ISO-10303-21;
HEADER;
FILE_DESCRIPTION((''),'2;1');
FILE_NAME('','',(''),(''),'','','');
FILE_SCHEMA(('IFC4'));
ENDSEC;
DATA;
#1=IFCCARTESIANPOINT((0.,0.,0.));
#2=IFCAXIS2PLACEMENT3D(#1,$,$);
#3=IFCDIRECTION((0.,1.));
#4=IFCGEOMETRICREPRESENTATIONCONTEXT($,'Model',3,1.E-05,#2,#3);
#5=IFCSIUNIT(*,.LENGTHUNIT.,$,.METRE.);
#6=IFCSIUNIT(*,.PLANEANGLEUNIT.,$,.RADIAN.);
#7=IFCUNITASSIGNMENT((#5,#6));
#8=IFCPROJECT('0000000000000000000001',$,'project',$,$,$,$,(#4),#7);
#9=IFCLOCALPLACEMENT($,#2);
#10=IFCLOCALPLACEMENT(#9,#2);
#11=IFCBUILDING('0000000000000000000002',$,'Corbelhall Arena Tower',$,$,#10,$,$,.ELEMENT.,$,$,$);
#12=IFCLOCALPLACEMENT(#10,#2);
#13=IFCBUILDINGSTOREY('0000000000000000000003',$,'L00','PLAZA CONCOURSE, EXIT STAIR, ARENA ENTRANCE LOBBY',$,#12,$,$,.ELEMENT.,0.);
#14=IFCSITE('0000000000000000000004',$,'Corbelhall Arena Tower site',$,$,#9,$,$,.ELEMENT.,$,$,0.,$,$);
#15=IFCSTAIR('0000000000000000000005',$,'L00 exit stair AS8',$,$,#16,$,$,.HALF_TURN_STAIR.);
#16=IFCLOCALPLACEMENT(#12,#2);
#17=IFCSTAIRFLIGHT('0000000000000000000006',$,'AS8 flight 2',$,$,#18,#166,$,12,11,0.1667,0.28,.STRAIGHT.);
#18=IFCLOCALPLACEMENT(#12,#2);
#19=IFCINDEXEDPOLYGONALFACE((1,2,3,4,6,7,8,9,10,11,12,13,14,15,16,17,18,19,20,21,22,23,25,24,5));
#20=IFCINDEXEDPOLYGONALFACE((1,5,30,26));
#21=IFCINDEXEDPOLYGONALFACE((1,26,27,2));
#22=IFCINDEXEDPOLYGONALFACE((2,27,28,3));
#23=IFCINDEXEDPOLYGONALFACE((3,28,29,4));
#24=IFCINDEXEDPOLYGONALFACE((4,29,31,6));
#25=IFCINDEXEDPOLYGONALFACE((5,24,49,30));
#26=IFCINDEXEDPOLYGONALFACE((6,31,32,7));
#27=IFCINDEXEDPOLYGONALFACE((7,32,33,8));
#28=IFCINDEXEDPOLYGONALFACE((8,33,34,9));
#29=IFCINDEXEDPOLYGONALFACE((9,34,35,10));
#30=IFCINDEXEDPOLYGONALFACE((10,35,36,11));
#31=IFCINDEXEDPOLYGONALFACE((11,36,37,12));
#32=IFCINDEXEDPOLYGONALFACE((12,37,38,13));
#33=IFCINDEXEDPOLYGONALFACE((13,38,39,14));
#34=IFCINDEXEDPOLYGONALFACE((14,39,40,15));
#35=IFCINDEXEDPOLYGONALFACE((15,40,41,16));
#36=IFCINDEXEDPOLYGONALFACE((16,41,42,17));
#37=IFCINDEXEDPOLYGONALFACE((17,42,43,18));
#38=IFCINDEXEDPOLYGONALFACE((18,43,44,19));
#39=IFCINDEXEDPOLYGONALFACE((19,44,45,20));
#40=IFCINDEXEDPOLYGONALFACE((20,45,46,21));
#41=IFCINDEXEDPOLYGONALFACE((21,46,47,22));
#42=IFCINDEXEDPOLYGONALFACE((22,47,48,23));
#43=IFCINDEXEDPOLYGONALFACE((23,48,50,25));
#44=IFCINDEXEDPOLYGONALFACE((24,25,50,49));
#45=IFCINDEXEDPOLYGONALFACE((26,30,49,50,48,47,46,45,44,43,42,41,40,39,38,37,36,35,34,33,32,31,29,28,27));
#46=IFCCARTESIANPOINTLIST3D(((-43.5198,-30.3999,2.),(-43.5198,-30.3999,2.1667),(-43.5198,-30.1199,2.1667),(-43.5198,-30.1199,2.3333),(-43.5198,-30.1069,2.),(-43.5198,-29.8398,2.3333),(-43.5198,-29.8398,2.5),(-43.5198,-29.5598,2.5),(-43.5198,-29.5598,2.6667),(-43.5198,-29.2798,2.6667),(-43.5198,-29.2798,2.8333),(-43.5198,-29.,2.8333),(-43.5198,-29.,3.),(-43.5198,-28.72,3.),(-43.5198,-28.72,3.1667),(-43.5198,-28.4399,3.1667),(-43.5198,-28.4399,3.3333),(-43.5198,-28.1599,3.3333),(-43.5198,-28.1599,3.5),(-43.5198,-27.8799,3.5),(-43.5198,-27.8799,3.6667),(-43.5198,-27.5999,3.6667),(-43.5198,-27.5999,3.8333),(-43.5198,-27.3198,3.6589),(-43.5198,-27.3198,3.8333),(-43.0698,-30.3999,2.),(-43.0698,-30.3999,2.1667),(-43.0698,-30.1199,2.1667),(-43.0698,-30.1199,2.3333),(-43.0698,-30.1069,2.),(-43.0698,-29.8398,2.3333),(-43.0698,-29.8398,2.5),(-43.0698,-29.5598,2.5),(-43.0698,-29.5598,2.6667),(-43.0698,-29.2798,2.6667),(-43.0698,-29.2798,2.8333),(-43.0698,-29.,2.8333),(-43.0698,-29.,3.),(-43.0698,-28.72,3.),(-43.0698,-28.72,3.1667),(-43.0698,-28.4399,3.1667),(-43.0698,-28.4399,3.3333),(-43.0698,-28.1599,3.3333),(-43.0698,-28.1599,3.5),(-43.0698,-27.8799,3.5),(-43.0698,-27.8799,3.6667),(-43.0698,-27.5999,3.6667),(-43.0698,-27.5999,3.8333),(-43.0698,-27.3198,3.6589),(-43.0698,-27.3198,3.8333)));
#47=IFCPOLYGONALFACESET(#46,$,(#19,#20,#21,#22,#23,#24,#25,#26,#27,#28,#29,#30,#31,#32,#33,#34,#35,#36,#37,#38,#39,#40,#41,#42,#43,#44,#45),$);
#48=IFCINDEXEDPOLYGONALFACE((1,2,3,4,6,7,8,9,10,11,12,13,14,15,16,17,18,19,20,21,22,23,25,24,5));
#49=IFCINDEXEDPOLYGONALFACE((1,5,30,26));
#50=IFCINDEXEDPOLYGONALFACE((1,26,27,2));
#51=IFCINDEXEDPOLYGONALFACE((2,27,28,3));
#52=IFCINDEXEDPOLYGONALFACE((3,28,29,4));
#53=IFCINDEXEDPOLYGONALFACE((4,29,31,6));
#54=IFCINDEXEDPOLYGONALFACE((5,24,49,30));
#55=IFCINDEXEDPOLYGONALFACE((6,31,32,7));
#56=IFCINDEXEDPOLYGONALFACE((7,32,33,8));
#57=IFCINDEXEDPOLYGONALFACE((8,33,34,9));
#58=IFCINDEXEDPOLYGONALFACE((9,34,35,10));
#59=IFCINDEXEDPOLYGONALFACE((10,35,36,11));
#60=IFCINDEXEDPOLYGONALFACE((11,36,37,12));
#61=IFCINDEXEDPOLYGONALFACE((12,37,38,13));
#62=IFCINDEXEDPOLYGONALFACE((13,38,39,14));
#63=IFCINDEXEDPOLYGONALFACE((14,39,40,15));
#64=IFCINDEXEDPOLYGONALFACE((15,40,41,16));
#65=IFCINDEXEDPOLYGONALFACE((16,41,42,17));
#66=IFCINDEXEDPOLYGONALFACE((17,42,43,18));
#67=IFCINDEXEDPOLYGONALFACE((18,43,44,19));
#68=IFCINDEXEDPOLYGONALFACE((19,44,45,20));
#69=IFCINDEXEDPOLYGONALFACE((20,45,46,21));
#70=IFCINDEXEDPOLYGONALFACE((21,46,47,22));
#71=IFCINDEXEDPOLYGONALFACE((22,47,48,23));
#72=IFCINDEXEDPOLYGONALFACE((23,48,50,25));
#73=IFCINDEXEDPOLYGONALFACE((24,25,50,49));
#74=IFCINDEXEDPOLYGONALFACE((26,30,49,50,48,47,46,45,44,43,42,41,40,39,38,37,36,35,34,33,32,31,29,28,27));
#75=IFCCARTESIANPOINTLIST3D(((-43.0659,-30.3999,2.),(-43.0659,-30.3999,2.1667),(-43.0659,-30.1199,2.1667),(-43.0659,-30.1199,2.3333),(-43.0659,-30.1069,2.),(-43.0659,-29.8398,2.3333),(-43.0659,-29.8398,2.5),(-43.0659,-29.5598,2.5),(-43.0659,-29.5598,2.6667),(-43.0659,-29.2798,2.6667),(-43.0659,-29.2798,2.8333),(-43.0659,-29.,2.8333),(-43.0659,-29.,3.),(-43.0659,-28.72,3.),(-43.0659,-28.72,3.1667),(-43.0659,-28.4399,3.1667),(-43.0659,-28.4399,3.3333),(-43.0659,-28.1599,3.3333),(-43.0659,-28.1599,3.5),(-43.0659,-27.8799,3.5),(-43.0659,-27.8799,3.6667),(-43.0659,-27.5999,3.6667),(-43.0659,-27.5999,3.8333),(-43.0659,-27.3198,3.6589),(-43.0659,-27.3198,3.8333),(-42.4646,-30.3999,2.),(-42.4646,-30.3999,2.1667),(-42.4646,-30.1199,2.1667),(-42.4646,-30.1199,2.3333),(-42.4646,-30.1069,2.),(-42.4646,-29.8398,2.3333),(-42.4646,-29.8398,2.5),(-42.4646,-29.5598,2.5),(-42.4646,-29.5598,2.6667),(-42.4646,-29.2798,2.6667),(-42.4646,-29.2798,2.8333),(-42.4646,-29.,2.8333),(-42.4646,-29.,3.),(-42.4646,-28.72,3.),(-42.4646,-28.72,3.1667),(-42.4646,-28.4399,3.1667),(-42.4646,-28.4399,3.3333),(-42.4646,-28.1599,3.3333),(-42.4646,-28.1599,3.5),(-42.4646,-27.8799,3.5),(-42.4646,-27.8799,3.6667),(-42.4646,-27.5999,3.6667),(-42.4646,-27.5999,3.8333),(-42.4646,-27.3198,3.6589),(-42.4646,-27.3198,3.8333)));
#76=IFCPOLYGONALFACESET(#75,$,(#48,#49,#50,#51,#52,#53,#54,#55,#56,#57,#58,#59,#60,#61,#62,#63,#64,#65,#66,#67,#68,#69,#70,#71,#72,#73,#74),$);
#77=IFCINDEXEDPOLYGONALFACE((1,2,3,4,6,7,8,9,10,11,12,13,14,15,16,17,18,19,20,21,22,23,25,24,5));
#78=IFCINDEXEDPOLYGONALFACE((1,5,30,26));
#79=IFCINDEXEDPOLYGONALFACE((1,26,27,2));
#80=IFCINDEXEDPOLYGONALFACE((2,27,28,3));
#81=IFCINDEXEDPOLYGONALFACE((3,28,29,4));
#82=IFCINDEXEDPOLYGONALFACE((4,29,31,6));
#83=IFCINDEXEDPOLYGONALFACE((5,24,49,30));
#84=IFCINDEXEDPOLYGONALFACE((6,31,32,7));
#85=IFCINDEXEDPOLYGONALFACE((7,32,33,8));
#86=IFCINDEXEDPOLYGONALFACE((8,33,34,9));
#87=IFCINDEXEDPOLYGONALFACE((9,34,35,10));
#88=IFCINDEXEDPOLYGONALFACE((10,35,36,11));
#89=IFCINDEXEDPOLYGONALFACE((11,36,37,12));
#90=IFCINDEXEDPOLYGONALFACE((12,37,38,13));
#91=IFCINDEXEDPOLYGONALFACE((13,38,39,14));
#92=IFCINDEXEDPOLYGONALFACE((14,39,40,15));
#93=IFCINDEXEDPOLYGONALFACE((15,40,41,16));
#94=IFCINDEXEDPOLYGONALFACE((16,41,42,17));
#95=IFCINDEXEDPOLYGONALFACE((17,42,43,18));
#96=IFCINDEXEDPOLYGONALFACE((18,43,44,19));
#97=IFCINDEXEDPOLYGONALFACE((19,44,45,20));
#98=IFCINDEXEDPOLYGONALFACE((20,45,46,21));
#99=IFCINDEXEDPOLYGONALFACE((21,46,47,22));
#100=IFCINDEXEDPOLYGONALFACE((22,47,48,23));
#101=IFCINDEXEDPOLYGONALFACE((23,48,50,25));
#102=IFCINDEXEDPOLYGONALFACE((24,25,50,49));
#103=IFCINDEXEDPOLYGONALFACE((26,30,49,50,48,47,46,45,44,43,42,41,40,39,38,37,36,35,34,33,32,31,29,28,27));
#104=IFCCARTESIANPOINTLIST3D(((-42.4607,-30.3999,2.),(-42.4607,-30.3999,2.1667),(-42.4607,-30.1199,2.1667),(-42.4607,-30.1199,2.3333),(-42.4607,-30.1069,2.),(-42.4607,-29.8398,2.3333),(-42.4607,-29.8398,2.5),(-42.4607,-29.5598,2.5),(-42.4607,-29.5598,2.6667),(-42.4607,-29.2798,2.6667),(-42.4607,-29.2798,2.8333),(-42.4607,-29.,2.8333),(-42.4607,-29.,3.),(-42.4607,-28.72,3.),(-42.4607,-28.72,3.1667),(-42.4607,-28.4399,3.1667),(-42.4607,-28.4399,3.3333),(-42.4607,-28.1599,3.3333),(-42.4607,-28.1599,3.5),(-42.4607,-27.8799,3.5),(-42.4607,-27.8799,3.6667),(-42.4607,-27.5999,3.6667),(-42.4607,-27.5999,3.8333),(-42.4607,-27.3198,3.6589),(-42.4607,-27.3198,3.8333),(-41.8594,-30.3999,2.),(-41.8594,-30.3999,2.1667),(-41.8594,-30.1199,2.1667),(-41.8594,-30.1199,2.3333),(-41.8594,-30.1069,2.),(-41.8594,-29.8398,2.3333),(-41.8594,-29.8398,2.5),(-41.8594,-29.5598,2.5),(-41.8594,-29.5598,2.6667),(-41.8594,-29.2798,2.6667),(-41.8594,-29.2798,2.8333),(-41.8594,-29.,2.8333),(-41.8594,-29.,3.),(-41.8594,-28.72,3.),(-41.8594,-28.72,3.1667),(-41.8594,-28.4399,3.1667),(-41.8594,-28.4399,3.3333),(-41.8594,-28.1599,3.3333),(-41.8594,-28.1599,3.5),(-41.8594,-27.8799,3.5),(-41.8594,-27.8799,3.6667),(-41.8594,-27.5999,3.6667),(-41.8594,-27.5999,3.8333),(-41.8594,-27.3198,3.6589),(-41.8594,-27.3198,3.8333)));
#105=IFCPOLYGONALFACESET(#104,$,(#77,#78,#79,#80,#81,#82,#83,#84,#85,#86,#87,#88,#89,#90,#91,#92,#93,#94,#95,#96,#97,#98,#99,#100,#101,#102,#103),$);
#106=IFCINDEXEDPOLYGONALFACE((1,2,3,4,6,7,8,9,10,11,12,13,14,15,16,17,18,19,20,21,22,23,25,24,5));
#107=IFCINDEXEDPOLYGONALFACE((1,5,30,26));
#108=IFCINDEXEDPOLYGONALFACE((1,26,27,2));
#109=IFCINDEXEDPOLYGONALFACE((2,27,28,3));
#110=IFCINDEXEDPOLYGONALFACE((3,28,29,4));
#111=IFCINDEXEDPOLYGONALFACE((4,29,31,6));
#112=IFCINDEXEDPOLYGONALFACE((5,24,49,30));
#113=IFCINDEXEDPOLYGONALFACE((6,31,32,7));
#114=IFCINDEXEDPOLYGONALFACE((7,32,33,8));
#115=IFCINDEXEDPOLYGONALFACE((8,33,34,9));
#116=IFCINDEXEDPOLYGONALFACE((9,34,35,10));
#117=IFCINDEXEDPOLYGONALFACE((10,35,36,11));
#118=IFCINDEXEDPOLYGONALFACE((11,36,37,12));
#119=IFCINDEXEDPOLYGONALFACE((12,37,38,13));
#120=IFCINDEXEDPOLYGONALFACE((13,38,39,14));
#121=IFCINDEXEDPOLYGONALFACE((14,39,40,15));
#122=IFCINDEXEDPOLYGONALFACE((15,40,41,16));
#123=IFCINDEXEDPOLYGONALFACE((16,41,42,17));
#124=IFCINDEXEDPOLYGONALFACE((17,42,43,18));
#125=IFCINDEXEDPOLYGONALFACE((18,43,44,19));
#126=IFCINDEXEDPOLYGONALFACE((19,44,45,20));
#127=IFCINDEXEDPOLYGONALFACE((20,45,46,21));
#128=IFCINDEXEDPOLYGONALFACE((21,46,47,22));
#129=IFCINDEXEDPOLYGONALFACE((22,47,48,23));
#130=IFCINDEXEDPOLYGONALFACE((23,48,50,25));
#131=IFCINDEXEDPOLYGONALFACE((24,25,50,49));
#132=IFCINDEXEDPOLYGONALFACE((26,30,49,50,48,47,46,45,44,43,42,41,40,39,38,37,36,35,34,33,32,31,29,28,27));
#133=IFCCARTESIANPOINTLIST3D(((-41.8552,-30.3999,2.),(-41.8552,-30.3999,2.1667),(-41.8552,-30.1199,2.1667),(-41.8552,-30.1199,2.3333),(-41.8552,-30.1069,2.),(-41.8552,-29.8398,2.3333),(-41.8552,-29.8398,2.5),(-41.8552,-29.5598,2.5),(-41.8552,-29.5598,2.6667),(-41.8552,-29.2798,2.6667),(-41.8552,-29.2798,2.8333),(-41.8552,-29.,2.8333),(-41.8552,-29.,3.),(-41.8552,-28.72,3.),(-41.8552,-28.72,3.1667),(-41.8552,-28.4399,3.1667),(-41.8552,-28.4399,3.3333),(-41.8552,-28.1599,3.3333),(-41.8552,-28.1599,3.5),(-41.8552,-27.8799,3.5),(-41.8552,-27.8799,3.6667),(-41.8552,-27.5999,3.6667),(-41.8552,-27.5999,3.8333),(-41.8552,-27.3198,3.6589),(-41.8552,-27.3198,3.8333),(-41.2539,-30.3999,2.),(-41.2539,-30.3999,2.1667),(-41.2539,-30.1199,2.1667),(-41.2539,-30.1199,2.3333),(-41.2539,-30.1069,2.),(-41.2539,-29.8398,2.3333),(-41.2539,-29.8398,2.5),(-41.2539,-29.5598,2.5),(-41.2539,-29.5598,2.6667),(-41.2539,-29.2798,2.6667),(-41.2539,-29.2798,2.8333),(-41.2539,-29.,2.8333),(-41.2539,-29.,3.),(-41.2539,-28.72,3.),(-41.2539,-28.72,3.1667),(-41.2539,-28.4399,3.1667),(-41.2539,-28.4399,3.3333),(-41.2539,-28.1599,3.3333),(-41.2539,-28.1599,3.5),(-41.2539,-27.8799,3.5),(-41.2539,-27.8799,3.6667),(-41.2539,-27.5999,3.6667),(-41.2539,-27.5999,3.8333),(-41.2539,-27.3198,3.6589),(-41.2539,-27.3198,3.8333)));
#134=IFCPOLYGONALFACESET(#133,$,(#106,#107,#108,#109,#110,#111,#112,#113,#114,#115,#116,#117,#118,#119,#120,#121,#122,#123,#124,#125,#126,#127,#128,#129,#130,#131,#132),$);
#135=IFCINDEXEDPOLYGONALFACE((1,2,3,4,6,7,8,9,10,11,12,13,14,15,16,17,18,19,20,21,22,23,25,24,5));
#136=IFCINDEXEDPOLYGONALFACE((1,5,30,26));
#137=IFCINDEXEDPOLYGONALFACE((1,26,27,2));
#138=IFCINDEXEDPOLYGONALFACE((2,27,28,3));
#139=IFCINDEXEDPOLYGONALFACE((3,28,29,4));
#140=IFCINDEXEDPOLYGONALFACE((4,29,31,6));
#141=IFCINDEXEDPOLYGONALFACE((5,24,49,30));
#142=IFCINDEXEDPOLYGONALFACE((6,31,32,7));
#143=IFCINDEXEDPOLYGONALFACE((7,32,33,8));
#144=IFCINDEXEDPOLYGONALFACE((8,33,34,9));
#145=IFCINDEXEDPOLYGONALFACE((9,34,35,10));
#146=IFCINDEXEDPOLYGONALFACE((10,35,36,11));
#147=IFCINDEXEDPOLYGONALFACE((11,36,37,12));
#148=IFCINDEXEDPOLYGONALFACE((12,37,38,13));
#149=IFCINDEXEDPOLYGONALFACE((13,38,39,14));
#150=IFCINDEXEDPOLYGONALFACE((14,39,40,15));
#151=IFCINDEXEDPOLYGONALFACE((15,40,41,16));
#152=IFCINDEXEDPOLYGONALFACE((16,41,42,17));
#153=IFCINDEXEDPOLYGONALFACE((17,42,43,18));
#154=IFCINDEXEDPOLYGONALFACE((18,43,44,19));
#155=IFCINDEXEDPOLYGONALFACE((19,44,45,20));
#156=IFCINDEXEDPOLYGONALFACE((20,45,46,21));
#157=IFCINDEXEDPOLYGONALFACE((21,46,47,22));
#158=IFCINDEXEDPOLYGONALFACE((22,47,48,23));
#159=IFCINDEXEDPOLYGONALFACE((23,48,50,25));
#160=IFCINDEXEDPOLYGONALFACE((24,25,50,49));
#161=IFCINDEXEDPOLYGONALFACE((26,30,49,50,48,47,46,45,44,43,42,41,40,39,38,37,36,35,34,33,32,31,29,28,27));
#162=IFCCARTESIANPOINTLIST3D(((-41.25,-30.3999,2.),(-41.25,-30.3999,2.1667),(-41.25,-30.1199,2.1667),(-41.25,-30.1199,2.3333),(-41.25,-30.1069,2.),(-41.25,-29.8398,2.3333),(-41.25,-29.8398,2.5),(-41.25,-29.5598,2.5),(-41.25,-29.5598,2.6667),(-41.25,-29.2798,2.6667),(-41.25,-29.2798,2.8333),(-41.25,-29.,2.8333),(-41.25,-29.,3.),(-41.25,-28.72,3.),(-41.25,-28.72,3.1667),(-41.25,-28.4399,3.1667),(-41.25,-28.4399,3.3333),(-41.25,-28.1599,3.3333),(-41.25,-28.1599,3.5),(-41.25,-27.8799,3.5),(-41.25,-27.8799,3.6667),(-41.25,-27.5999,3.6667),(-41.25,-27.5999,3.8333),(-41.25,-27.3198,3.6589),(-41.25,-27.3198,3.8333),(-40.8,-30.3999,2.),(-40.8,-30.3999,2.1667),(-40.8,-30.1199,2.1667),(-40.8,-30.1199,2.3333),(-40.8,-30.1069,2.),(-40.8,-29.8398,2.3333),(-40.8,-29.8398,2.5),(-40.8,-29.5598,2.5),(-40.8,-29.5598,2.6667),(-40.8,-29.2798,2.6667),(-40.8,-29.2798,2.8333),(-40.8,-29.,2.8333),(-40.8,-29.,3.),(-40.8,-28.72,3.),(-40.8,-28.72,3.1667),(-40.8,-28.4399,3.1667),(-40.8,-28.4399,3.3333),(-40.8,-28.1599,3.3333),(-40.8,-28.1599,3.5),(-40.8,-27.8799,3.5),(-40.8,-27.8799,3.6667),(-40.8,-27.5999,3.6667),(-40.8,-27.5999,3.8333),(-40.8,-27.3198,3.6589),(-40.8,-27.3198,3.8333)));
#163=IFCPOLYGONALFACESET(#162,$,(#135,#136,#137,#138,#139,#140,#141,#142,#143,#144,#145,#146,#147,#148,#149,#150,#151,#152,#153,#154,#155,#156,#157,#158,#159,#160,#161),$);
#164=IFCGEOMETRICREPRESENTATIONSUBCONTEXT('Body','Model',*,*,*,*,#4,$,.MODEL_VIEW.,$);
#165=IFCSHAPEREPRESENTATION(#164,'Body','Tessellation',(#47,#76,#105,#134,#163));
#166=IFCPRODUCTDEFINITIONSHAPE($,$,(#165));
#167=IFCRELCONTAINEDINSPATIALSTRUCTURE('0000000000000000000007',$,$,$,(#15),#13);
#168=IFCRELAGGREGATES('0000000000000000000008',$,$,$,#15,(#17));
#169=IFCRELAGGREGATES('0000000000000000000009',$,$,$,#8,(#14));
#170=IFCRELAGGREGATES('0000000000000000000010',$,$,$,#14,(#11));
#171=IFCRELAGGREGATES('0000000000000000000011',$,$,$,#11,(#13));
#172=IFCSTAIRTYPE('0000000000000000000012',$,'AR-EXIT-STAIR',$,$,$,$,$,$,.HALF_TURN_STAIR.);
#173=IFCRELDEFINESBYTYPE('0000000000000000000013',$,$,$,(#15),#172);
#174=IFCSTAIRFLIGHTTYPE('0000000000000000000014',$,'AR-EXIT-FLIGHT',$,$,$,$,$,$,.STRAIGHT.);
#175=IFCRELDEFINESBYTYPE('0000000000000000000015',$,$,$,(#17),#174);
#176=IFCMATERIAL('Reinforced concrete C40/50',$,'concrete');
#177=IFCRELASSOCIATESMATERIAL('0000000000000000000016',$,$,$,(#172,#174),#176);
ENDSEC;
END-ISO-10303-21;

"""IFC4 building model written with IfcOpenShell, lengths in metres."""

from ifc_helpers import new_model, si_unit, direction, frame, origin, place, context, subcontext, project, spatial, polyline, outline, extrude, material, type_object, element, aggregate, save


model = new_model("IFC4")

# Units and contexts
model_context = context("Model", 3, precision=1e-05, world=origin(), true_north=direction((0.0, 1.0)))
body_context = subcontext(model_context, "Body", "Model", "MODEL_VIEW")
ifc_project = project(units=[si_unit("LENGTHUNIT", "METRE"), si_unit("PLANEANGLEUNIT", "RADIAN")], contexts=[model_context])

# Site, building, storey
site_placement = place(None, origin())
site = spatial("IfcSite", under=ifc_project, at=site_placement, Name="Corbelhall Arena Tower site", CompositionType="ELEMENT", RefElevation=0.0)
building_placement = place(site_placement, origin())
building = spatial("IfcBuilding", under=site, at=building_placement, Name="Corbelhall Arena Tower", CompositionType="ELEMENT")
storey_placement = place(building_placement, origin())
storey = spatial("IfcBuildingStorey", under=building, at=storey_placement, Name="L00", Description="PLAZA CONCOURSE, EXIT STAIR, ARENA ENTRANCE LOBBY", CompositionType="ELEMENT", Elevation=0.0)

# Shared definitions
ifc_material_1 = material(Name="Reinforced concrete C40/50", Category="concrete")

# Shared definitions
stair_type = type_object("IfcStairType", Name="AR-EXIT-STAIR", PredefinedType="HALF_TURN_STAIR", material=ifc_material_1)
stair_flight_type = type_object("IfcStairFlightType", Name="AR-EXIT-FLIGHT", PredefinedType="STRAIGHT", material=ifc_material_1)

# Stair, stair flight
stair_1_placement = place(storey_placement, origin())
stair_1 = element("IfcStair", 1, at=stair_1_placement, inside=storey, type_object=stair_type, Name="L00 exit stair AS8", PredefinedType="HALF_TURN_STAIR")
stair_flight_1_placement = place(storey_placement, frame((-42.1599, -30.3999, 2.0), z_axis=(0.0, 0.0, 1.0), x_axis=(0.0, 1.0, 0.0)))
stair_flight_1 = element("IfcStairFlight", 2, at=stair_flight_1_placement, type_object=stair_flight_type, Name="AS8 flight 2", NumberOfRisers=12, NumberOfTreads=11, PredefinedType="STRAIGHT", RiserHeight=0.1667, TreadLength=0.28, context=body_context, shape_type="SweptSolid", body=[
    extrude(outline(polyline([(0.0, 0.0), (0.0, 0.1667), (0.28, 0.1667), (0.28, 0.3333), (0.5601, 0.3333), (0.5601, 0.5), (0.8401, 0.5), (0.8401, 0.6667), (1.1201, 0.6667), (1.1201, 0.8333), (1.3999, 0.8333), (1.3999, 1.0), (1.6799, 1.0), (1.6799, 1.1667), (1.96, 1.1667), (1.96, 1.3333), (2.24, 1.3333), (2.24, 1.5), (2.52, 1.5), (2.52, 1.6667), (2.8, 1.6667), (2.8, 1.8333), (3.0801, 1.8333), (3.0801, 2.0), (3.0801, 1.6589), (0.293, 0.0), (0.0, 0.0)])), frame((0.0, 1.3599, 0.0), z_axis=(0.0, -1.0, 0.0), x_axis=(1.0, 0.0, 0.0)), (0.0, 0.0, 1.0), 0.45),
    extrude(outline(polyline([(0.0, 0.0), (0.0, 0.1667), (0.28, 0.1667), (0.28, 0.3333), (0.5601, 0.3333), (0.5601, 0.5), (0.8401, 0.5), (0.8401, 0.6667), (1.1201, 0.6667), (1.1201, 0.8333), (1.3999, 0.8333), (1.3999, 1.0), (1.6799, 1.0), (1.6799, 1.1667), (1.96, 1.1667), (1.96, 1.3333), (2.24, 1.3333), (2.24, 1.5), (2.52, 1.5), (2.52, 1.6667), (2.8, 1.6667), (2.8, 1.8333), (3.0801, 1.8333), (3.0801, 2.0), (3.0801, 1.6589), (0.293, 0.0), (0.0, 0.0)])), frame((0.0, 0.906, 0.0), z_axis=(0.0, -1.0, 0.0), x_axis=(1.0, 0.0, 0.0)), (0.0, 0.0, 1.0), 0.6013),
    extrude(outline(polyline([(0.0, 0.0), (0.0, 0.1667), (0.28, 0.1667), (0.28, 0.3333), (0.5601, 0.3333), (0.5601, 0.5), (0.8401, 0.5), (0.8401, 0.6667), (1.1201, 0.6667), (1.1201, 0.8333), (1.3999, 0.8333), (1.3999, 1.0), (1.6799, 1.0), (1.6799, 1.1667), (1.96, 1.1667), (1.96, 1.3333), (2.24, 1.3333), (2.24, 1.5), (2.52, 1.5), (2.52, 1.6667), (2.8, 1.6667), (2.8, 1.8333), (3.0801, 1.8333), (3.0801, 2.0), (3.0801, 1.6589), (0.293, 0.0), (0.0, 0.0)])), frame((0.0, 0.3008, 0.0), z_axis=(0.0, -1.0, 0.0), x_axis=(1.0, 0.0, 0.0)), (0.0, 0.0, 1.0), 0.6013),
    extrude(outline(polyline([(0.0, 0.0), (0.0, 0.1667), (0.28, 0.1667), (0.28, 0.3333), (0.5601, 0.3333), (0.5601, 0.5), (0.8401, 0.5), (0.8401, 0.6667), (1.1201, 0.6667), (1.1201, 0.8333), (1.3999, 0.8333), (1.3999, 1.0), (1.6799, 1.0), (1.6799, 1.1667), (1.96, 1.1667), (1.96, 1.3333), (2.24, 1.3333), (2.24, 1.5), (2.52, 1.5), (2.52, 1.6667), (2.8, 1.6667), (2.8, 1.8333), (3.0801, 1.8333), (3.0801, 2.0), (3.0801, 1.6589), (0.293, 0.0), (0.0, 0.0)])), frame((0.0, -0.3047, 0.0), z_axis=(0.0, -1.0, 0.0), x_axis=(1.0, 0.0, 0.0)), (0.0, 0.0, 1.0), 0.6013),
    extrude(outline(polyline([(0.0, 0.0), (0.0, 0.1667), (0.28, 0.1667), (0.28, 0.3333), (0.5601, 0.3333), (0.5601, 0.5), (0.8401, 0.5), (0.8401, 0.6667), (1.1201, 0.6667), (1.1201, 0.8333), (1.3999, 0.8333), (1.3999, 1.0), (1.6799, 1.0), (1.6799, 1.1667), (1.96, 1.1667), (1.96, 1.3333), (2.24, 1.3333), (2.24, 1.5), (2.52, 1.5), (2.52, 1.6667), (2.8, 1.6667), (2.8, 1.8333), (3.0801, 1.8333), (3.0801, 2.0), (3.0801, 1.6589), (0.293, 0.0), (0.0, 0.0)])), frame((0.0, -0.9099, 0.0), z_axis=(0.0, -1.0, 0.0), x_axis=(1.0, 0.0, 0.0)), (0.0, 0.0, 1.0), 0.45),
])
aggregate(stair_1, [stair_flight_1])

save(model, "model.ifc")
